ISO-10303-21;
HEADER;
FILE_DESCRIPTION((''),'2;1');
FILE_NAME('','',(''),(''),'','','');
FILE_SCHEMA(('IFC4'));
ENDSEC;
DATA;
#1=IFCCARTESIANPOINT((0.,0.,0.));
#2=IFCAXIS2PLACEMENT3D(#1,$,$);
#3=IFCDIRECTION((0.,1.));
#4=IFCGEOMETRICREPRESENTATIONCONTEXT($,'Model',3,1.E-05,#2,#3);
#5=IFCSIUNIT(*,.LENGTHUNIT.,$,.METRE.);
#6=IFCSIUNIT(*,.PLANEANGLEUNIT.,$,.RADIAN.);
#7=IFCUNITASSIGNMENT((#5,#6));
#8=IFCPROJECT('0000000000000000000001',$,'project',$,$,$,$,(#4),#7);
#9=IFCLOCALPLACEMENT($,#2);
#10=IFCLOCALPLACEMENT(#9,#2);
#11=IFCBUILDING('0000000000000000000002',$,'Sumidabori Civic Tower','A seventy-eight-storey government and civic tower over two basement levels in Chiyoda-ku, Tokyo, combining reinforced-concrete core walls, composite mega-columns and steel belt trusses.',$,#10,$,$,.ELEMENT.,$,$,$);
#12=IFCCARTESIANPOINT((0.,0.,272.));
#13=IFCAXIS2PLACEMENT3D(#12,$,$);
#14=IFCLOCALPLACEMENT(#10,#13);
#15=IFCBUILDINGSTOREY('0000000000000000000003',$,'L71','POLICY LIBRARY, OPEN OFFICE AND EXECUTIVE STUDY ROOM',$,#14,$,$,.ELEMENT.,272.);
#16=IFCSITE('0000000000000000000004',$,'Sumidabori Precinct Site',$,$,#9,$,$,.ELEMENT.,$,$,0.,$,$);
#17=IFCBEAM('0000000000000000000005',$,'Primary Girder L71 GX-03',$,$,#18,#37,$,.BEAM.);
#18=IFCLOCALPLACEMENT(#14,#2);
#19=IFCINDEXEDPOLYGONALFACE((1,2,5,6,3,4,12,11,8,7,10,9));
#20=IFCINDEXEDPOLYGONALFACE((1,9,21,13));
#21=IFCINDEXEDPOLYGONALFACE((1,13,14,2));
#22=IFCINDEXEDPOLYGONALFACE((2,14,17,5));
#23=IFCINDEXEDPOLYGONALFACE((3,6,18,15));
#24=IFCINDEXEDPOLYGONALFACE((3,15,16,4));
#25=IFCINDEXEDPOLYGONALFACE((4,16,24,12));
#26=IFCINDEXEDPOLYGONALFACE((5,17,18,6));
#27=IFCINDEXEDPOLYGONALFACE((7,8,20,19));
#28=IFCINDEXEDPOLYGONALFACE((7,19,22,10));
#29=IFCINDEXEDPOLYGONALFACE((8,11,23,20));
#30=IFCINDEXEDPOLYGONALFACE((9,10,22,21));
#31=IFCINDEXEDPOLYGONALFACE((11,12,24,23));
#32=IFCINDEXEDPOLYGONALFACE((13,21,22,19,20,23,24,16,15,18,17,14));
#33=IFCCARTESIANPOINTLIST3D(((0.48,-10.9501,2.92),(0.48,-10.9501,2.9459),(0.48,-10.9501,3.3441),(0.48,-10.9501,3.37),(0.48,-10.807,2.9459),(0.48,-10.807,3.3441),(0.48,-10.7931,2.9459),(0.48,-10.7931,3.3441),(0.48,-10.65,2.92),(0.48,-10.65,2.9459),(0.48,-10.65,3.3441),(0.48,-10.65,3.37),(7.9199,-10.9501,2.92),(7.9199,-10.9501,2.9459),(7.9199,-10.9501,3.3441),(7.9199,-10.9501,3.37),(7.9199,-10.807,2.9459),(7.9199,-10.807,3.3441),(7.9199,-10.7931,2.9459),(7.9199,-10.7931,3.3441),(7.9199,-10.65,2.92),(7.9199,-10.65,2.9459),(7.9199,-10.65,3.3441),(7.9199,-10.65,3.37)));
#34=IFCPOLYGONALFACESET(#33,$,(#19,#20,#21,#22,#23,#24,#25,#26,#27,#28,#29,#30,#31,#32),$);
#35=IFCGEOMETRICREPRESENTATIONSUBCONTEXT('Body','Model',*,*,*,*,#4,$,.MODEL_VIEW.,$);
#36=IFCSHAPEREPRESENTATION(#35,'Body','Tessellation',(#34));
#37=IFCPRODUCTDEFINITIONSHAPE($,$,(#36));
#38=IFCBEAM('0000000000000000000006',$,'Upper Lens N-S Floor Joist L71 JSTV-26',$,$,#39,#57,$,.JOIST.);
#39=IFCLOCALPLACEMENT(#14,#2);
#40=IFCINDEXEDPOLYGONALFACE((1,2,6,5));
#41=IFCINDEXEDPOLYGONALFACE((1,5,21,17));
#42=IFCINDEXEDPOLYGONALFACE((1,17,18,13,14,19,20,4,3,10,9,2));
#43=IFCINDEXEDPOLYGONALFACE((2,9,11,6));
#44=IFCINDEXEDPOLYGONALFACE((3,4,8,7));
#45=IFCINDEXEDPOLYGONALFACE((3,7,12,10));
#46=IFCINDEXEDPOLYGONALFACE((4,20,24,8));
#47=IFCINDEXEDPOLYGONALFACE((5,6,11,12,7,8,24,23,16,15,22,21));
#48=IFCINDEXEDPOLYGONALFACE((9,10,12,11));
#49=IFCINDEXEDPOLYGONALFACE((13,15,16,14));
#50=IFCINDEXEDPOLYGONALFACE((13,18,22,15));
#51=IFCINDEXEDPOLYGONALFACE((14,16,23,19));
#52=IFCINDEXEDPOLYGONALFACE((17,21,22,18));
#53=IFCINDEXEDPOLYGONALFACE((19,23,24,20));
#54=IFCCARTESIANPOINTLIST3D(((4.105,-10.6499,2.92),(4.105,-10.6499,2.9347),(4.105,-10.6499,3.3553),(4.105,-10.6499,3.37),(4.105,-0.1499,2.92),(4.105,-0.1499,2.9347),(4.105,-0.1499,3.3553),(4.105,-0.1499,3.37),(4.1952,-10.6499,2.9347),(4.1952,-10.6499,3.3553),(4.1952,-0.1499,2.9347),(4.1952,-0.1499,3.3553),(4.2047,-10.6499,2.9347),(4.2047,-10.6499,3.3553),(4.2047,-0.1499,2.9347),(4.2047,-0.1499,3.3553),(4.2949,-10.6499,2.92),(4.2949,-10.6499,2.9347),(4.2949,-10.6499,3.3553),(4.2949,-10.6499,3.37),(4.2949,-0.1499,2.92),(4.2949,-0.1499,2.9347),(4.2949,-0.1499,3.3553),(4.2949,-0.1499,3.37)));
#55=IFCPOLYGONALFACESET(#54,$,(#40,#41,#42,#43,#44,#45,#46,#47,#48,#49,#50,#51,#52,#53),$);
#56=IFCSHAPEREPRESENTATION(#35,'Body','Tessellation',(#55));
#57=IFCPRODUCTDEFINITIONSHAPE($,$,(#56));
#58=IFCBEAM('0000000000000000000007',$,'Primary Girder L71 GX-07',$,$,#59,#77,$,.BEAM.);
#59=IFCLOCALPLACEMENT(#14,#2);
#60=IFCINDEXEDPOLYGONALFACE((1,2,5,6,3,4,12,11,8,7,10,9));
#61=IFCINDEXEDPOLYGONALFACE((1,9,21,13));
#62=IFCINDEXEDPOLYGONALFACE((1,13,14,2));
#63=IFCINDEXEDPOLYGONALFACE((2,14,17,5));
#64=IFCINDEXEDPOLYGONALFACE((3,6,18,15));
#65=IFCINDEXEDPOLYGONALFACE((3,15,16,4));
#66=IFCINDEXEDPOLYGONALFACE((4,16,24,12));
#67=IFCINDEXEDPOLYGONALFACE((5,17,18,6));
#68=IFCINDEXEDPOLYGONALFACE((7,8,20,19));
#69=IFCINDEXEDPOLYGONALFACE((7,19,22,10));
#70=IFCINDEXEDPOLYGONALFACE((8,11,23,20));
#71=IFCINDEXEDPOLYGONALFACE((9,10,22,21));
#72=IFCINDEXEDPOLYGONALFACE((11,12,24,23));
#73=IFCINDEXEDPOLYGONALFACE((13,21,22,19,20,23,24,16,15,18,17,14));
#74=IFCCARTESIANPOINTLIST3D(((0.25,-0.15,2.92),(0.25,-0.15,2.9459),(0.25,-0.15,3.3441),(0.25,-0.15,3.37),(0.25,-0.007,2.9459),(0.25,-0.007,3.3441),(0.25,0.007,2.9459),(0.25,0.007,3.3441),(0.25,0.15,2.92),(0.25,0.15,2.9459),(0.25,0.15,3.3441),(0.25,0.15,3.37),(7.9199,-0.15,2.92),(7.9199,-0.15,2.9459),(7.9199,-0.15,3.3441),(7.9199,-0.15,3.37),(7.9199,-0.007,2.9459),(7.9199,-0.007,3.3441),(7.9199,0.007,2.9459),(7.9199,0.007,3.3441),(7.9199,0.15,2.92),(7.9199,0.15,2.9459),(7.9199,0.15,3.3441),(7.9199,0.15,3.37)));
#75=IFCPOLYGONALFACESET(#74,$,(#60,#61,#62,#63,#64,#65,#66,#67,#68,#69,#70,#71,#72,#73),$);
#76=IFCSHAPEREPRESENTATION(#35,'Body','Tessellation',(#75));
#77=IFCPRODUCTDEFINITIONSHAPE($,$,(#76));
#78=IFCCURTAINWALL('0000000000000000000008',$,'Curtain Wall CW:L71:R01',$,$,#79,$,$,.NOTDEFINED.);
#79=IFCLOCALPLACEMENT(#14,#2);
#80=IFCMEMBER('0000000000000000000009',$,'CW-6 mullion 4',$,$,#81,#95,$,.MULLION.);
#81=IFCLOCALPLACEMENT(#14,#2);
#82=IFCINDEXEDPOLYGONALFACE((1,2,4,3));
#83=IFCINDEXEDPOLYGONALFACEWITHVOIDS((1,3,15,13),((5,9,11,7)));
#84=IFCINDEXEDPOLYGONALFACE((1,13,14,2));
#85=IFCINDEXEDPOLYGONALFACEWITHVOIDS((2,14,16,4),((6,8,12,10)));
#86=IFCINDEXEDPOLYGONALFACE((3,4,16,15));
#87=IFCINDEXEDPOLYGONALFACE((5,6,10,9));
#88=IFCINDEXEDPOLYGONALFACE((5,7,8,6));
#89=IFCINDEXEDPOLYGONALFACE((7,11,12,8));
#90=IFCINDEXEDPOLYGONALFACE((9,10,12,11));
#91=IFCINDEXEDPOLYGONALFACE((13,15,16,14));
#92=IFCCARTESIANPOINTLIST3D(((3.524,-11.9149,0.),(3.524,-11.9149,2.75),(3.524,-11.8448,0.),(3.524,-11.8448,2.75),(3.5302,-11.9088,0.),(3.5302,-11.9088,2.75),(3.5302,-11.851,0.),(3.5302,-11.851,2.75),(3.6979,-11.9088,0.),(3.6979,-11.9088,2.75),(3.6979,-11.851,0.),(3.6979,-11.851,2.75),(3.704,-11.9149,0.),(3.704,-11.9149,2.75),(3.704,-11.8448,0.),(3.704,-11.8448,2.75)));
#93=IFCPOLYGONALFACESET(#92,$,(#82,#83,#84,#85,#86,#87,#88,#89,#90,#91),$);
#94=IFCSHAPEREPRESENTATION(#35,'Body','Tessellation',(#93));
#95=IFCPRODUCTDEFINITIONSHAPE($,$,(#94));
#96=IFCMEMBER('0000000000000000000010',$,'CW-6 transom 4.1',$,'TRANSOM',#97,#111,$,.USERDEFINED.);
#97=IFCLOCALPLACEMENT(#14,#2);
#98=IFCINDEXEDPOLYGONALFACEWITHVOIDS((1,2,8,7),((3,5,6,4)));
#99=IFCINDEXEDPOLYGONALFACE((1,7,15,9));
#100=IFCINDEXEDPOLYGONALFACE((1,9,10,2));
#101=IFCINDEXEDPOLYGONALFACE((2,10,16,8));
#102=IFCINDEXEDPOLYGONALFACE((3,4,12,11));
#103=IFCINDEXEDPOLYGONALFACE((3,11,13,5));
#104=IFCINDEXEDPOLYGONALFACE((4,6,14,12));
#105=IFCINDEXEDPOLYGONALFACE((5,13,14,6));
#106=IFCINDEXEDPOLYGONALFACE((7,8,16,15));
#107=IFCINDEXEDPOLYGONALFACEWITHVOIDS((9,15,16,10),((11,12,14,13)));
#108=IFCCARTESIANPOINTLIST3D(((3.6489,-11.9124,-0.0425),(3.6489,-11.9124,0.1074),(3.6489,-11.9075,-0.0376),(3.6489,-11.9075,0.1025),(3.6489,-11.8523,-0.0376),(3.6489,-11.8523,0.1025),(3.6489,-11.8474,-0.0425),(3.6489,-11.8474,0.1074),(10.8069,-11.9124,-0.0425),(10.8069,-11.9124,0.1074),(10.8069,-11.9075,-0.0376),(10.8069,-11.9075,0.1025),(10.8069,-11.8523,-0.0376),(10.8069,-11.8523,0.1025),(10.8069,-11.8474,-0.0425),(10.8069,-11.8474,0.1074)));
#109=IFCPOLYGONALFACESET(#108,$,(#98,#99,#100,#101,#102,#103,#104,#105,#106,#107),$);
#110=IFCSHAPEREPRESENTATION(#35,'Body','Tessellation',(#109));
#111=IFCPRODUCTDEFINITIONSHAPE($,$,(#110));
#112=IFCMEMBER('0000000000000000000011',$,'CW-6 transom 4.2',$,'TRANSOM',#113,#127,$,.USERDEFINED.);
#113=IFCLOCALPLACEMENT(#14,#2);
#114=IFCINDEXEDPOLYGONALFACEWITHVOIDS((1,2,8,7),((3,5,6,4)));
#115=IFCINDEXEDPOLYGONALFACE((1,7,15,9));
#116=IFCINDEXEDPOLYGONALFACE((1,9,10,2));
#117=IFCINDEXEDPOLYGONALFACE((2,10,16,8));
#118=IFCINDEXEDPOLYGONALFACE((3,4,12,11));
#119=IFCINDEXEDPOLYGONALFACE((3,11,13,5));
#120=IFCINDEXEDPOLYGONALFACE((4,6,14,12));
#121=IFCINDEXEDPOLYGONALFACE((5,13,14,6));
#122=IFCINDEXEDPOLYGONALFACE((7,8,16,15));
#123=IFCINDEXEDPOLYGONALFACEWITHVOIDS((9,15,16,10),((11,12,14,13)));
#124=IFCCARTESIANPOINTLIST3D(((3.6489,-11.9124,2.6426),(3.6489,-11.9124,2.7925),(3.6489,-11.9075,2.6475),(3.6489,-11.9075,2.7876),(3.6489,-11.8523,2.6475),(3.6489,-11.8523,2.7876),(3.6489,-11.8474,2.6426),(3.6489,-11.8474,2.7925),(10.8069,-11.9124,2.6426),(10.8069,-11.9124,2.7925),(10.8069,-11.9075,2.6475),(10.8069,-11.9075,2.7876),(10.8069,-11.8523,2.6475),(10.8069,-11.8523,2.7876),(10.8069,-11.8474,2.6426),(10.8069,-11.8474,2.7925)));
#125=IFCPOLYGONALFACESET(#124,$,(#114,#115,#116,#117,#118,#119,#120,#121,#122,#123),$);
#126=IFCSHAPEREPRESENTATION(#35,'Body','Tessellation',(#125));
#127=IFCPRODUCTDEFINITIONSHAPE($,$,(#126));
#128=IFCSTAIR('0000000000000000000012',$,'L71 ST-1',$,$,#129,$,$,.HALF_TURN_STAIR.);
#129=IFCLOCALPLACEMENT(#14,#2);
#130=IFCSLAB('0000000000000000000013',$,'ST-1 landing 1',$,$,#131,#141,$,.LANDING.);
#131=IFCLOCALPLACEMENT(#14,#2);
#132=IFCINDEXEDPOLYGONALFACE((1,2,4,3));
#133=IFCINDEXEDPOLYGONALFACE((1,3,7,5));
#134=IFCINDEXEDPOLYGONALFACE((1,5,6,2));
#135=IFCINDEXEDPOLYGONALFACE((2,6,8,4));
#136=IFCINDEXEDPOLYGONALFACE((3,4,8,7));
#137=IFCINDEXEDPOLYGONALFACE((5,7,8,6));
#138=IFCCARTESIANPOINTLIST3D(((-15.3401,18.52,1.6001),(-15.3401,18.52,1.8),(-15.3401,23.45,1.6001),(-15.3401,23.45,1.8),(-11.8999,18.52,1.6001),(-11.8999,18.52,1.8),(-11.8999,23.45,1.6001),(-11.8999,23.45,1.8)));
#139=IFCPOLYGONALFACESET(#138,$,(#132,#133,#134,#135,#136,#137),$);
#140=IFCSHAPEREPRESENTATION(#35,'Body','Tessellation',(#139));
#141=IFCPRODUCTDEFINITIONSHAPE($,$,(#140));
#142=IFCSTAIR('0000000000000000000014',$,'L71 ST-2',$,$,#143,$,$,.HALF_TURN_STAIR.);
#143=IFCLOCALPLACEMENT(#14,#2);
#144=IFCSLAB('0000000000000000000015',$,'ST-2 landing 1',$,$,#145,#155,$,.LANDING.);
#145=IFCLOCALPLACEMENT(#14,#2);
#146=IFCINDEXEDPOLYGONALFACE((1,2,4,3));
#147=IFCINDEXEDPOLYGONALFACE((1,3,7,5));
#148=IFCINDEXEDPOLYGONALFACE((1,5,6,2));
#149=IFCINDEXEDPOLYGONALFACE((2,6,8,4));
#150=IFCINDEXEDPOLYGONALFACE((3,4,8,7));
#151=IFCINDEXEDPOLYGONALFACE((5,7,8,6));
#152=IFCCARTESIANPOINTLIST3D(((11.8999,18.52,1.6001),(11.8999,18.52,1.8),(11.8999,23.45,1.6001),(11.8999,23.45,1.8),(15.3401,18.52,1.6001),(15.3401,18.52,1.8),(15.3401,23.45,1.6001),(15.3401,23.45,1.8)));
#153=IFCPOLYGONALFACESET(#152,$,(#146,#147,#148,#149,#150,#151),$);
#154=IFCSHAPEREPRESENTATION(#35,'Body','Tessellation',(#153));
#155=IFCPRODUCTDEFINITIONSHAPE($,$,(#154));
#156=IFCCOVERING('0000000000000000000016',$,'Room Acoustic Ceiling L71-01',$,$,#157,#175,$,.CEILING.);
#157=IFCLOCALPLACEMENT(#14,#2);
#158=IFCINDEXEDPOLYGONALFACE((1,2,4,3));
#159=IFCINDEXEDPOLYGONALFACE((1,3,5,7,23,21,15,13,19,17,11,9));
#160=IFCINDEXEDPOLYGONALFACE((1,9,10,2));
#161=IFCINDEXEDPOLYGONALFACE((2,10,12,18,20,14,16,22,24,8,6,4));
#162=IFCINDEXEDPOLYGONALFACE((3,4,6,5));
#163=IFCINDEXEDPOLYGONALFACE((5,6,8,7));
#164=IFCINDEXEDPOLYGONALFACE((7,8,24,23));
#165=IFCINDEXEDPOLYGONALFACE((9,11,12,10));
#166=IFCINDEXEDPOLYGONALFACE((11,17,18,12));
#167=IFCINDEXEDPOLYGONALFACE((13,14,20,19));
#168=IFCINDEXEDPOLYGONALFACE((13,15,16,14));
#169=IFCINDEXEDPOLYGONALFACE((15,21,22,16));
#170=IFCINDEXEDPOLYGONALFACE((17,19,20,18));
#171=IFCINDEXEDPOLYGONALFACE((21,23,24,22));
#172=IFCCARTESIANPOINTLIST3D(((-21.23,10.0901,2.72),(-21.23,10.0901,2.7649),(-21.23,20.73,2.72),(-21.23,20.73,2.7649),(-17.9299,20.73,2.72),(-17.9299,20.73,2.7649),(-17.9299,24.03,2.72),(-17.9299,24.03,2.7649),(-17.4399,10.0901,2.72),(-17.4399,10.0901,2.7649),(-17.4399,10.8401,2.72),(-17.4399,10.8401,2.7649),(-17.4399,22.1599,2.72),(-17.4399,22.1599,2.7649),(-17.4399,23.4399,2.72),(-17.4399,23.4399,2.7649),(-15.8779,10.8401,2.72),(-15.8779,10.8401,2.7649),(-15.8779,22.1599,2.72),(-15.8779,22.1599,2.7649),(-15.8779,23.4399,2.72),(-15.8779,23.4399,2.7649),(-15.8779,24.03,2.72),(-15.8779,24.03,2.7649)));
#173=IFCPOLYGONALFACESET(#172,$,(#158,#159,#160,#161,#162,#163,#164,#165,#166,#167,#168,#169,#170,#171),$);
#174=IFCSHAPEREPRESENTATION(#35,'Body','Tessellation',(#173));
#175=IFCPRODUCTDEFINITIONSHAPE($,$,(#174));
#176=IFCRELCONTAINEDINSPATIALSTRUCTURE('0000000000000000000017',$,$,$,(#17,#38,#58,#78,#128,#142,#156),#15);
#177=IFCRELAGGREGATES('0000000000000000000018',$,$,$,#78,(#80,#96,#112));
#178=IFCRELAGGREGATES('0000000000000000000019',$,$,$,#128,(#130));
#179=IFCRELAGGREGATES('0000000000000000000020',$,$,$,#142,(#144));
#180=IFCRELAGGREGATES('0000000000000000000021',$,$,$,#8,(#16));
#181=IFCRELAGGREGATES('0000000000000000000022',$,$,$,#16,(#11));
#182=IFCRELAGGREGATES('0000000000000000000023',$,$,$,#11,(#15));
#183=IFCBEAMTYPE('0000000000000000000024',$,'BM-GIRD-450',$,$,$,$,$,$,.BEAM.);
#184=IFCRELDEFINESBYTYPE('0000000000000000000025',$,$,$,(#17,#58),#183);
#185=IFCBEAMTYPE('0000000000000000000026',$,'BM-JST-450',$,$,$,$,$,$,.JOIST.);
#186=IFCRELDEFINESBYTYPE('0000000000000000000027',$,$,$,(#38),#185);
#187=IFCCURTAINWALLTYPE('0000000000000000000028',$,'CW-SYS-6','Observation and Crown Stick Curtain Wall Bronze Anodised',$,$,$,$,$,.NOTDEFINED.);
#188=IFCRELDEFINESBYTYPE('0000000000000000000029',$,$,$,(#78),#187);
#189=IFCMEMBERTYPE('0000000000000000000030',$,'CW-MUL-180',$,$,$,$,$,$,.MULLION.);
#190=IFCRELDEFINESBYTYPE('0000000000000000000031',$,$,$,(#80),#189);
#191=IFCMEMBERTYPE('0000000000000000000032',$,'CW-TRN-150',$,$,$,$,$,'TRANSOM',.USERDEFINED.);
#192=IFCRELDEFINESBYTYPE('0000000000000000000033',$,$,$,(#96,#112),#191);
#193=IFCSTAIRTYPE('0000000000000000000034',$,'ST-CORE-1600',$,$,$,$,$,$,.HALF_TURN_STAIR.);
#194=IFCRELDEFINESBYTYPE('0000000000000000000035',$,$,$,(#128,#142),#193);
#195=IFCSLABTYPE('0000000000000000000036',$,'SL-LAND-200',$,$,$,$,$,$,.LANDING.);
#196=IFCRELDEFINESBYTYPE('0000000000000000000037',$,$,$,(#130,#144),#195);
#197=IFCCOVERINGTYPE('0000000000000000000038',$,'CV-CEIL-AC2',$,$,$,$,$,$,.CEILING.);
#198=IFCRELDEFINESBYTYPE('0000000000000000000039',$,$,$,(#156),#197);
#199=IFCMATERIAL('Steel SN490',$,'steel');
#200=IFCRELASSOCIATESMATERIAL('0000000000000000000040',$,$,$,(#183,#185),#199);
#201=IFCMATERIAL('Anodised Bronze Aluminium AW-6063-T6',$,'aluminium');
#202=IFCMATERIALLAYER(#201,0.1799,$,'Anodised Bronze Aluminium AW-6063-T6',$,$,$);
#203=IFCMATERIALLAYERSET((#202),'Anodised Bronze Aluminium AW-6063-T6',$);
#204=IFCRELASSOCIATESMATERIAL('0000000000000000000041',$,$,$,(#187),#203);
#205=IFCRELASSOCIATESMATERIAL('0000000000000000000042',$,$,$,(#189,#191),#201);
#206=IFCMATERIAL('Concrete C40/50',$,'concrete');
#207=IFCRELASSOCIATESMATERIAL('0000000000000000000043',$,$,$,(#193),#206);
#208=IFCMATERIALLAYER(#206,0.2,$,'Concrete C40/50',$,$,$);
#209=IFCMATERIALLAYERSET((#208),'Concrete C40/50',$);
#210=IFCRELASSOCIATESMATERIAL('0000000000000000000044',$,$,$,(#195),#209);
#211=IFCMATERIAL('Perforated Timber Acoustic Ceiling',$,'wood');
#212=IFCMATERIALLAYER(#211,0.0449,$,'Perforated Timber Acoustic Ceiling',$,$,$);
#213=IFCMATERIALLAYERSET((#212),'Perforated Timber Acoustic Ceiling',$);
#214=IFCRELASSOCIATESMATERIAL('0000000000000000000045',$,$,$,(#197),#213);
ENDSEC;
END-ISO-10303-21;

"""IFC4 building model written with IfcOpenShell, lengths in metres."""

from ifc_helpers import new_model, si_unit, direction, frame, origin, origin_2d, place, context, subcontext, project, spatial, polyline, hollow_rectangle, i_section, outline, extrude, source, transform, mapped, material, layer, layer_set, material_profile, profile_set, type_object, element, aggregate, save


model = new_model("IFC4")

# Units and contexts
model_context = context("Model", 3, precision=1e-05, world=origin(), true_north=direction((0.0, 1.0)))
body_context = subcontext(model_context, "Body", "Model", "MODEL_VIEW")
ifc_project = project(units=[si_unit("LENGTHUNIT", "METRE"), si_unit("PLANEANGLEUNIT", "RADIAN")], contexts=[model_context])

# Site, building, storey
site_placement = place(None, origin())
site = spatial("IfcSite", under=ifc_project, at=site_placement, Name="Sumidabori Precinct Site", CompositionType="ELEMENT", RefElevation=0.0)
building_placement = place(site_placement, origin())
building = spatial("IfcBuilding", under=site, at=building_placement, Name="Sumidabori Civic Tower", Description="A seventy-eight-storey government and civic tower over two basement levels in Chiyoda-ku, Tokyo, combining reinforced-concrete core walls, composite mega-columns and steel belt trusses.", CompositionType="ELEMENT")
storey_placement = place(building_placement, frame((0.0, 0.0, 272.0)))
storey = spatial("IfcBuildingStorey", under=building, at=storey_placement, Name="L71", Description="POLICY LIBRARY, OPEN OFFICE AND EXECUTIVE STUDY ROOM", CompositionType="ELEMENT", Elevation=272.0)

# Beams
ifc_material_1 = material(Name="Steel SN490", Category="steel")
ifc_material_profile_1 = material_profile(ifc_material_1, i_section(OverallWidth=0.3, OverallDepth=0.45, WebThickness=0.0139, FlangeThickness=0.0259, at=origin_2d()), Name="HE 450 B")
ifc_profile_set_1 = profile_set([ifc_material_profile_1], Name="Steel SN490")
beam_type_1 = type_object("IfcBeamType", Name="BM-GIRD-450", PredefinedType="BEAM", material=ifc_profile_set_1)
shared_shape_1 = source(origin(), body_context, "Body", "SweptSolid", [
    extrude(i_section(OverallWidth=0.3, OverallDepth=0.45, WebThickness=0.0139, FlangeThickness=0.0259, at=origin_2d()), origin(), (0.0, 0.0, 1.0), 7.4399),
])
beam_1_placement = place(storey_placement, frame((0.48, -10.8, 3.145), z_axis=(1.0, 0.0, 0.0), x_axis=(0.0, 1.0, 0.0)))
element("IfcBeam", 1, at=beam_1_placement, inside=storey, type_object=beam_type_1, Name="Primary Girder L71 GX-03", PredefinedType="BEAM", context=body_context, shape_type="MappedRepresentation", body=[
    mapped(shared_shape_1, transform((0.0, 0.0, 0.0), x_axis=(1.0, 0.0, 0.0), y_axis=(0.0, 1.0, 0.0), z_axis=(0.0, 0.0, 1.0), scale=1.0)),
])
ifc_material_profile_2 = material_profile(ifc_material_1, i_section(OverallWidth=0.1899, OverallDepth=0.45, WebThickness=0.0095, FlangeThickness=0.0146, at=origin_2d()), Name="IPE 450")
ifc_profile_set_2 = profile_set([ifc_material_profile_2], Name="Steel SN490")
beam_type_2 = type_object("IfcBeamType", Name="BM-JST-450", PredefinedType="JOIST", material=ifc_profile_set_2)
shared_shape_2 = source(origin(), body_context, "Body", "SweptSolid", [
    extrude(i_section(OverallWidth=0.1899, OverallDepth=0.45, WebThickness=0.0095, FlangeThickness=0.0146, at=origin_2d()), origin(), (0.0, 0.0, 1.0), 10.5),
])
beam_2_placement = place(storey_placement, frame((4.2, -10.6499, 3.145), z_axis=(0.0, 1.0, 0.0), x_axis=(-1.0, 0.0, 0.0)))
element("IfcBeam", 2, at=beam_2_placement, inside=storey, type_object=beam_type_2, Name="Upper Lens N-S Floor Joist L71 JSTV-26", PredefinedType="JOIST", context=body_context, shape_type="MappedRepresentation", body=[
    mapped(shared_shape_2, transform((0.0, 0.0, 0.0), x_axis=(1.0, 0.0, 0.0), y_axis=(0.0, 1.0, 0.0), z_axis=(0.0, 0.0, 1.0), scale=1.0)),
])
shared_shape_3 = source(origin(), body_context, "Body", "SweptSolid", [
    extrude(i_section(OverallWidth=0.3, OverallDepth=0.45, WebThickness=0.0139, FlangeThickness=0.0259, at=origin_2d()), origin(), (0.0, 0.0, 1.0), 7.6699),
])
beam_3_placement = place(storey_placement, frame((0.25, 0.0, 3.145), z_axis=(1.0, 0.0, 0.0), x_axis=(0.0, 1.0, 0.0)))
element("IfcBeam", 3, at=beam_3_placement, inside=storey, type_object=beam_type_1, Name="Primary Girder L71 GX-07", PredefinedType="BEAM", context=body_context, shape_type="MappedRepresentation", body=[
    mapped(shared_shape_3, transform((0.0, 0.0, 0.0), x_axis=(1.0, 0.0, 0.0), y_axis=(0.0, 1.0, 0.0), z_axis=(0.0, 0.0, 1.0), scale=1.0)),
])

# Curtain wall, members
ifc_material_2 = material(Name="Anodised Bronze Aluminium AW-6063-T6", Category="aluminium")
ifc_layer_1 = layer(ifc_material_2, 0.1799, Name="Anodised Bronze Aluminium AW-6063-T6")
ifc_layer_set_1 = layer_set([ifc_layer_1], Name="Anodised Bronze Aluminium AW-6063-T6")
curtain_wall_type = type_object("IfcCurtainWallType", Name="CW-SYS-6", Description="Observation and Crown Stick Curtain Wall Bronze Anodised", PredefinedType="NOTDEFINED", material=ifc_layer_set_1)
curtain_wall_placement = place(storey_placement, origin())
curtain_wall = element("IfcCurtainWall", 4, at=curtain_wall_placement, inside=storey, type_object=curtain_wall_type, Name="Curtain Wall CW:L71:R01", PredefinedType="NOTDEFINED")
ifc_material_profile_3 = material_profile(ifc_material_2, hollow_rectangle(XDim=0.0701, YDim=0.1799, WallThickness=0.0061, at=origin_2d()), Name="ALU MULLION 180x70")
ifc_profile_set_3 = profile_set([ifc_material_profile_3], Name="Anodised Bronze Aluminium AW-6063-T6")
member_type_1 = type_object("IfcMemberType", Name="CW-MUL-180", PredefinedType="MULLION", material=ifc_profile_set_3)
shared_shape_4 = source(origin(), body_context, "Body", "SweptSolid", [
    extrude(hollow_rectangle(XDim=0.0701, YDim=0.1799, WallThickness=0.0061, at=origin_2d()), origin(), (0.0, 0.0, 1.0), 2.75),
])
member_1_placement = place(storey_placement, frame((3.614, -11.8799, 0.0), z_axis=(0.0, 0.0, 1.0), x_axis=(0.0, 1.0, 0.0)))
member_1 = element("IfcMember", 5, at=member_1_placement, type_object=member_type_1, Name="CW-6 mullion 4", PredefinedType="MULLION", context=body_context, shape_type="MappedRepresentation", body=[
    mapped(shared_shape_4, transform((0.0, 0.0, 0.0), x_axis=(1.0, 0.0, 0.0), y_axis=(0.0, 1.0, 0.0), z_axis=(0.0, 0.0, 1.0), scale=1.0)),
])
ifc_material_profile_4 = material_profile(ifc_material_2, hollow_rectangle(XDim=0.0649, YDim=0.1499, WallThickness=0.0049, at=origin_2d()), Name="ALU TRANSOM 150x65")
ifc_profile_set_4 = profile_set([ifc_material_profile_4], Name="Anodised Bronze Aluminium AW-6063-T6")
member_type_2 = type_object("IfcMemberType", Name="CW-TRN-150", ElementType="TRANSOM", PredefinedType="USERDEFINED", material=ifc_profile_set_4)
shared_shape_5 = source(origin(), body_context, "Body", "SweptSolid", [
    extrude(hollow_rectangle(XDim=0.0649, YDim=0.1499, WallThickness=0.0049, at=origin_2d()), origin(), (0.0, 0.0, 1.0), 7.158),
])
member_2_placement = place(storey_placement, frame((3.6489, -11.8799, 0.0325), z_axis=(1.0, 0.0, 0.0), x_axis=(0.0, 1.0, 0.0)))
member_2 = element("IfcMember", 6, at=member_2_placement, type_object=member_type_2, Name="CW-6 transom 4.1", ObjectType="TRANSOM", PredefinedType="USERDEFINED", context=body_context, shape_type="MappedRepresentation", body=[
    mapped(shared_shape_5, transform((0.0, 0.0, 0.0), x_axis=(1.0, 0.0, 0.0), y_axis=(0.0, 1.0, 0.0), z_axis=(0.0, 0.0, 1.0), scale=1.0)),
])
member_3_placement = place(storey_placement, frame((3.6489, -11.8799, 2.7175), z_axis=(1.0, 0.0, 0.0), x_axis=(0.0, 1.0, 0.0)))
member_3 = element("IfcMember", 7, at=member_3_placement, type_object=member_type_2, Name="CW-6 transom 4.2", ObjectType="TRANSOM", PredefinedType="USERDEFINED", context=body_context, shape_type="MappedRepresentation", body=[
    mapped(shared_shape_5, transform((0.0, 0.0, 0.0), x_axis=(1.0, 0.0, 0.0), y_axis=(0.0, 1.0, 0.0), z_axis=(0.0, 0.0, 1.0), scale=1.0)),
])
aggregate(curtain_wall, [member_1, member_2, member_3])

# Stairs, slabs
ifc_material_3 = material(Name="Concrete C40/50", Category="concrete")
stair_type = type_object("IfcStairType", Name="ST-CORE-1600", PredefinedType="HALF_TURN_STAIR", material=ifc_material_3)
stair_1_placement = place(storey_placement, origin())
stair_1 = element("IfcStair", 8, at=stair_1_placement, inside=storey, type_object=stair_type, Name="L71 ST-1", PredefinedType="HALF_TURN_STAIR")
ifc_layer_2 = layer(ifc_material_3, 0.2, Name="Concrete C40/50")
ifc_layer_set_2 = layer_set([ifc_layer_2], Name="Concrete C40/50")
slab_type = type_object("IfcSlabType", Name="SL-LAND-200", PredefinedType="LANDING", material=ifc_layer_set_2)
slab_1_placement = place(storey_placement, frame((0.0, 0.0, 1.6001)))
slab_1 = element("IfcSlab", 9, at=slab_1_placement, type_object=slab_type, Name="ST-1 landing 1", PredefinedType="LANDING", context=body_context, shape_type="SweptSolid", body=[
    extrude(outline(polyline([(-11.8999, 18.52), (-11.8999, 23.45), (-15.3401, 23.45), (-15.3401, 18.52), (-11.8999, 18.52)])), origin(), (0.0, 0.0, 1.0), 0.2),
])
aggregate(stair_1, [slab_1])
stair_2_placement = place(storey_placement, origin())
stair_2 = element("IfcStair", 10, at=stair_2_placement, inside=storey, type_object=stair_type, Name="L71 ST-2", PredefinedType="HALF_TURN_STAIR")
slab_2_placement = place(storey_placement, frame((0.0, 0.0, 1.6001)))
slab_2 = element("IfcSlab", 11, at=slab_2_placement, type_object=slab_type, Name="ST-2 landing 1", PredefinedType="LANDING", context=body_context, shape_type="SweptSolid", body=[
    extrude(outline(polyline([(15.3401, 18.52), (15.3401, 23.45), (11.8999, 23.45), (11.8999, 18.52), (15.3401, 18.52)])), origin(), (0.0, 0.0, 1.0), 0.2),
])
aggregate(stair_2, [slab_2])

# Covering
ifc_material_4 = material(Name="Perforated Timber Acoustic Ceiling", Category="wood")
ifc_layer_3 = layer(ifc_material_4, 0.0449, Name="Perforated Timber Acoustic Ceiling")
ifc_layer_set_3 = layer_set([ifc_layer_3], Name="Perforated Timber Acoustic Ceiling")
covering_type_1 = type_object("IfcCoveringType", Name="CV-CEIL-AC2", PredefinedType="CEILING", material=ifc_layer_set_3)
covering_1_placement = place(storey_placement, frame((0.0, 0.0, 2.72)))
element("IfcCovering", 12, at=covering_1_placement, inside=storey, type_object=covering_type_1, Name="Room Acoustic Ceiling L71-01", PredefinedType="CEILING", context=body_context, shape_type="SweptSolid", body=[
    extrude(outline(polyline([(-21.23, 10.0901), (-21.23, 20.73), (-17.9299, 20.73), (-17.9299, 24.03), (-15.8779, 24.03), (-15.8779, 23.4399), (-17.4399, 23.4399), (-17.4399, 22.1599), (-15.8779, 22.1599), (-15.8779, 10.8401), (-17.4399, 10.8401), (-17.4399, 10.0901), (-21.23, 10.0901)])), origin(), (0.0, 0.0, 1.0), 0.0449),
])

save(model, "model.ifc")
